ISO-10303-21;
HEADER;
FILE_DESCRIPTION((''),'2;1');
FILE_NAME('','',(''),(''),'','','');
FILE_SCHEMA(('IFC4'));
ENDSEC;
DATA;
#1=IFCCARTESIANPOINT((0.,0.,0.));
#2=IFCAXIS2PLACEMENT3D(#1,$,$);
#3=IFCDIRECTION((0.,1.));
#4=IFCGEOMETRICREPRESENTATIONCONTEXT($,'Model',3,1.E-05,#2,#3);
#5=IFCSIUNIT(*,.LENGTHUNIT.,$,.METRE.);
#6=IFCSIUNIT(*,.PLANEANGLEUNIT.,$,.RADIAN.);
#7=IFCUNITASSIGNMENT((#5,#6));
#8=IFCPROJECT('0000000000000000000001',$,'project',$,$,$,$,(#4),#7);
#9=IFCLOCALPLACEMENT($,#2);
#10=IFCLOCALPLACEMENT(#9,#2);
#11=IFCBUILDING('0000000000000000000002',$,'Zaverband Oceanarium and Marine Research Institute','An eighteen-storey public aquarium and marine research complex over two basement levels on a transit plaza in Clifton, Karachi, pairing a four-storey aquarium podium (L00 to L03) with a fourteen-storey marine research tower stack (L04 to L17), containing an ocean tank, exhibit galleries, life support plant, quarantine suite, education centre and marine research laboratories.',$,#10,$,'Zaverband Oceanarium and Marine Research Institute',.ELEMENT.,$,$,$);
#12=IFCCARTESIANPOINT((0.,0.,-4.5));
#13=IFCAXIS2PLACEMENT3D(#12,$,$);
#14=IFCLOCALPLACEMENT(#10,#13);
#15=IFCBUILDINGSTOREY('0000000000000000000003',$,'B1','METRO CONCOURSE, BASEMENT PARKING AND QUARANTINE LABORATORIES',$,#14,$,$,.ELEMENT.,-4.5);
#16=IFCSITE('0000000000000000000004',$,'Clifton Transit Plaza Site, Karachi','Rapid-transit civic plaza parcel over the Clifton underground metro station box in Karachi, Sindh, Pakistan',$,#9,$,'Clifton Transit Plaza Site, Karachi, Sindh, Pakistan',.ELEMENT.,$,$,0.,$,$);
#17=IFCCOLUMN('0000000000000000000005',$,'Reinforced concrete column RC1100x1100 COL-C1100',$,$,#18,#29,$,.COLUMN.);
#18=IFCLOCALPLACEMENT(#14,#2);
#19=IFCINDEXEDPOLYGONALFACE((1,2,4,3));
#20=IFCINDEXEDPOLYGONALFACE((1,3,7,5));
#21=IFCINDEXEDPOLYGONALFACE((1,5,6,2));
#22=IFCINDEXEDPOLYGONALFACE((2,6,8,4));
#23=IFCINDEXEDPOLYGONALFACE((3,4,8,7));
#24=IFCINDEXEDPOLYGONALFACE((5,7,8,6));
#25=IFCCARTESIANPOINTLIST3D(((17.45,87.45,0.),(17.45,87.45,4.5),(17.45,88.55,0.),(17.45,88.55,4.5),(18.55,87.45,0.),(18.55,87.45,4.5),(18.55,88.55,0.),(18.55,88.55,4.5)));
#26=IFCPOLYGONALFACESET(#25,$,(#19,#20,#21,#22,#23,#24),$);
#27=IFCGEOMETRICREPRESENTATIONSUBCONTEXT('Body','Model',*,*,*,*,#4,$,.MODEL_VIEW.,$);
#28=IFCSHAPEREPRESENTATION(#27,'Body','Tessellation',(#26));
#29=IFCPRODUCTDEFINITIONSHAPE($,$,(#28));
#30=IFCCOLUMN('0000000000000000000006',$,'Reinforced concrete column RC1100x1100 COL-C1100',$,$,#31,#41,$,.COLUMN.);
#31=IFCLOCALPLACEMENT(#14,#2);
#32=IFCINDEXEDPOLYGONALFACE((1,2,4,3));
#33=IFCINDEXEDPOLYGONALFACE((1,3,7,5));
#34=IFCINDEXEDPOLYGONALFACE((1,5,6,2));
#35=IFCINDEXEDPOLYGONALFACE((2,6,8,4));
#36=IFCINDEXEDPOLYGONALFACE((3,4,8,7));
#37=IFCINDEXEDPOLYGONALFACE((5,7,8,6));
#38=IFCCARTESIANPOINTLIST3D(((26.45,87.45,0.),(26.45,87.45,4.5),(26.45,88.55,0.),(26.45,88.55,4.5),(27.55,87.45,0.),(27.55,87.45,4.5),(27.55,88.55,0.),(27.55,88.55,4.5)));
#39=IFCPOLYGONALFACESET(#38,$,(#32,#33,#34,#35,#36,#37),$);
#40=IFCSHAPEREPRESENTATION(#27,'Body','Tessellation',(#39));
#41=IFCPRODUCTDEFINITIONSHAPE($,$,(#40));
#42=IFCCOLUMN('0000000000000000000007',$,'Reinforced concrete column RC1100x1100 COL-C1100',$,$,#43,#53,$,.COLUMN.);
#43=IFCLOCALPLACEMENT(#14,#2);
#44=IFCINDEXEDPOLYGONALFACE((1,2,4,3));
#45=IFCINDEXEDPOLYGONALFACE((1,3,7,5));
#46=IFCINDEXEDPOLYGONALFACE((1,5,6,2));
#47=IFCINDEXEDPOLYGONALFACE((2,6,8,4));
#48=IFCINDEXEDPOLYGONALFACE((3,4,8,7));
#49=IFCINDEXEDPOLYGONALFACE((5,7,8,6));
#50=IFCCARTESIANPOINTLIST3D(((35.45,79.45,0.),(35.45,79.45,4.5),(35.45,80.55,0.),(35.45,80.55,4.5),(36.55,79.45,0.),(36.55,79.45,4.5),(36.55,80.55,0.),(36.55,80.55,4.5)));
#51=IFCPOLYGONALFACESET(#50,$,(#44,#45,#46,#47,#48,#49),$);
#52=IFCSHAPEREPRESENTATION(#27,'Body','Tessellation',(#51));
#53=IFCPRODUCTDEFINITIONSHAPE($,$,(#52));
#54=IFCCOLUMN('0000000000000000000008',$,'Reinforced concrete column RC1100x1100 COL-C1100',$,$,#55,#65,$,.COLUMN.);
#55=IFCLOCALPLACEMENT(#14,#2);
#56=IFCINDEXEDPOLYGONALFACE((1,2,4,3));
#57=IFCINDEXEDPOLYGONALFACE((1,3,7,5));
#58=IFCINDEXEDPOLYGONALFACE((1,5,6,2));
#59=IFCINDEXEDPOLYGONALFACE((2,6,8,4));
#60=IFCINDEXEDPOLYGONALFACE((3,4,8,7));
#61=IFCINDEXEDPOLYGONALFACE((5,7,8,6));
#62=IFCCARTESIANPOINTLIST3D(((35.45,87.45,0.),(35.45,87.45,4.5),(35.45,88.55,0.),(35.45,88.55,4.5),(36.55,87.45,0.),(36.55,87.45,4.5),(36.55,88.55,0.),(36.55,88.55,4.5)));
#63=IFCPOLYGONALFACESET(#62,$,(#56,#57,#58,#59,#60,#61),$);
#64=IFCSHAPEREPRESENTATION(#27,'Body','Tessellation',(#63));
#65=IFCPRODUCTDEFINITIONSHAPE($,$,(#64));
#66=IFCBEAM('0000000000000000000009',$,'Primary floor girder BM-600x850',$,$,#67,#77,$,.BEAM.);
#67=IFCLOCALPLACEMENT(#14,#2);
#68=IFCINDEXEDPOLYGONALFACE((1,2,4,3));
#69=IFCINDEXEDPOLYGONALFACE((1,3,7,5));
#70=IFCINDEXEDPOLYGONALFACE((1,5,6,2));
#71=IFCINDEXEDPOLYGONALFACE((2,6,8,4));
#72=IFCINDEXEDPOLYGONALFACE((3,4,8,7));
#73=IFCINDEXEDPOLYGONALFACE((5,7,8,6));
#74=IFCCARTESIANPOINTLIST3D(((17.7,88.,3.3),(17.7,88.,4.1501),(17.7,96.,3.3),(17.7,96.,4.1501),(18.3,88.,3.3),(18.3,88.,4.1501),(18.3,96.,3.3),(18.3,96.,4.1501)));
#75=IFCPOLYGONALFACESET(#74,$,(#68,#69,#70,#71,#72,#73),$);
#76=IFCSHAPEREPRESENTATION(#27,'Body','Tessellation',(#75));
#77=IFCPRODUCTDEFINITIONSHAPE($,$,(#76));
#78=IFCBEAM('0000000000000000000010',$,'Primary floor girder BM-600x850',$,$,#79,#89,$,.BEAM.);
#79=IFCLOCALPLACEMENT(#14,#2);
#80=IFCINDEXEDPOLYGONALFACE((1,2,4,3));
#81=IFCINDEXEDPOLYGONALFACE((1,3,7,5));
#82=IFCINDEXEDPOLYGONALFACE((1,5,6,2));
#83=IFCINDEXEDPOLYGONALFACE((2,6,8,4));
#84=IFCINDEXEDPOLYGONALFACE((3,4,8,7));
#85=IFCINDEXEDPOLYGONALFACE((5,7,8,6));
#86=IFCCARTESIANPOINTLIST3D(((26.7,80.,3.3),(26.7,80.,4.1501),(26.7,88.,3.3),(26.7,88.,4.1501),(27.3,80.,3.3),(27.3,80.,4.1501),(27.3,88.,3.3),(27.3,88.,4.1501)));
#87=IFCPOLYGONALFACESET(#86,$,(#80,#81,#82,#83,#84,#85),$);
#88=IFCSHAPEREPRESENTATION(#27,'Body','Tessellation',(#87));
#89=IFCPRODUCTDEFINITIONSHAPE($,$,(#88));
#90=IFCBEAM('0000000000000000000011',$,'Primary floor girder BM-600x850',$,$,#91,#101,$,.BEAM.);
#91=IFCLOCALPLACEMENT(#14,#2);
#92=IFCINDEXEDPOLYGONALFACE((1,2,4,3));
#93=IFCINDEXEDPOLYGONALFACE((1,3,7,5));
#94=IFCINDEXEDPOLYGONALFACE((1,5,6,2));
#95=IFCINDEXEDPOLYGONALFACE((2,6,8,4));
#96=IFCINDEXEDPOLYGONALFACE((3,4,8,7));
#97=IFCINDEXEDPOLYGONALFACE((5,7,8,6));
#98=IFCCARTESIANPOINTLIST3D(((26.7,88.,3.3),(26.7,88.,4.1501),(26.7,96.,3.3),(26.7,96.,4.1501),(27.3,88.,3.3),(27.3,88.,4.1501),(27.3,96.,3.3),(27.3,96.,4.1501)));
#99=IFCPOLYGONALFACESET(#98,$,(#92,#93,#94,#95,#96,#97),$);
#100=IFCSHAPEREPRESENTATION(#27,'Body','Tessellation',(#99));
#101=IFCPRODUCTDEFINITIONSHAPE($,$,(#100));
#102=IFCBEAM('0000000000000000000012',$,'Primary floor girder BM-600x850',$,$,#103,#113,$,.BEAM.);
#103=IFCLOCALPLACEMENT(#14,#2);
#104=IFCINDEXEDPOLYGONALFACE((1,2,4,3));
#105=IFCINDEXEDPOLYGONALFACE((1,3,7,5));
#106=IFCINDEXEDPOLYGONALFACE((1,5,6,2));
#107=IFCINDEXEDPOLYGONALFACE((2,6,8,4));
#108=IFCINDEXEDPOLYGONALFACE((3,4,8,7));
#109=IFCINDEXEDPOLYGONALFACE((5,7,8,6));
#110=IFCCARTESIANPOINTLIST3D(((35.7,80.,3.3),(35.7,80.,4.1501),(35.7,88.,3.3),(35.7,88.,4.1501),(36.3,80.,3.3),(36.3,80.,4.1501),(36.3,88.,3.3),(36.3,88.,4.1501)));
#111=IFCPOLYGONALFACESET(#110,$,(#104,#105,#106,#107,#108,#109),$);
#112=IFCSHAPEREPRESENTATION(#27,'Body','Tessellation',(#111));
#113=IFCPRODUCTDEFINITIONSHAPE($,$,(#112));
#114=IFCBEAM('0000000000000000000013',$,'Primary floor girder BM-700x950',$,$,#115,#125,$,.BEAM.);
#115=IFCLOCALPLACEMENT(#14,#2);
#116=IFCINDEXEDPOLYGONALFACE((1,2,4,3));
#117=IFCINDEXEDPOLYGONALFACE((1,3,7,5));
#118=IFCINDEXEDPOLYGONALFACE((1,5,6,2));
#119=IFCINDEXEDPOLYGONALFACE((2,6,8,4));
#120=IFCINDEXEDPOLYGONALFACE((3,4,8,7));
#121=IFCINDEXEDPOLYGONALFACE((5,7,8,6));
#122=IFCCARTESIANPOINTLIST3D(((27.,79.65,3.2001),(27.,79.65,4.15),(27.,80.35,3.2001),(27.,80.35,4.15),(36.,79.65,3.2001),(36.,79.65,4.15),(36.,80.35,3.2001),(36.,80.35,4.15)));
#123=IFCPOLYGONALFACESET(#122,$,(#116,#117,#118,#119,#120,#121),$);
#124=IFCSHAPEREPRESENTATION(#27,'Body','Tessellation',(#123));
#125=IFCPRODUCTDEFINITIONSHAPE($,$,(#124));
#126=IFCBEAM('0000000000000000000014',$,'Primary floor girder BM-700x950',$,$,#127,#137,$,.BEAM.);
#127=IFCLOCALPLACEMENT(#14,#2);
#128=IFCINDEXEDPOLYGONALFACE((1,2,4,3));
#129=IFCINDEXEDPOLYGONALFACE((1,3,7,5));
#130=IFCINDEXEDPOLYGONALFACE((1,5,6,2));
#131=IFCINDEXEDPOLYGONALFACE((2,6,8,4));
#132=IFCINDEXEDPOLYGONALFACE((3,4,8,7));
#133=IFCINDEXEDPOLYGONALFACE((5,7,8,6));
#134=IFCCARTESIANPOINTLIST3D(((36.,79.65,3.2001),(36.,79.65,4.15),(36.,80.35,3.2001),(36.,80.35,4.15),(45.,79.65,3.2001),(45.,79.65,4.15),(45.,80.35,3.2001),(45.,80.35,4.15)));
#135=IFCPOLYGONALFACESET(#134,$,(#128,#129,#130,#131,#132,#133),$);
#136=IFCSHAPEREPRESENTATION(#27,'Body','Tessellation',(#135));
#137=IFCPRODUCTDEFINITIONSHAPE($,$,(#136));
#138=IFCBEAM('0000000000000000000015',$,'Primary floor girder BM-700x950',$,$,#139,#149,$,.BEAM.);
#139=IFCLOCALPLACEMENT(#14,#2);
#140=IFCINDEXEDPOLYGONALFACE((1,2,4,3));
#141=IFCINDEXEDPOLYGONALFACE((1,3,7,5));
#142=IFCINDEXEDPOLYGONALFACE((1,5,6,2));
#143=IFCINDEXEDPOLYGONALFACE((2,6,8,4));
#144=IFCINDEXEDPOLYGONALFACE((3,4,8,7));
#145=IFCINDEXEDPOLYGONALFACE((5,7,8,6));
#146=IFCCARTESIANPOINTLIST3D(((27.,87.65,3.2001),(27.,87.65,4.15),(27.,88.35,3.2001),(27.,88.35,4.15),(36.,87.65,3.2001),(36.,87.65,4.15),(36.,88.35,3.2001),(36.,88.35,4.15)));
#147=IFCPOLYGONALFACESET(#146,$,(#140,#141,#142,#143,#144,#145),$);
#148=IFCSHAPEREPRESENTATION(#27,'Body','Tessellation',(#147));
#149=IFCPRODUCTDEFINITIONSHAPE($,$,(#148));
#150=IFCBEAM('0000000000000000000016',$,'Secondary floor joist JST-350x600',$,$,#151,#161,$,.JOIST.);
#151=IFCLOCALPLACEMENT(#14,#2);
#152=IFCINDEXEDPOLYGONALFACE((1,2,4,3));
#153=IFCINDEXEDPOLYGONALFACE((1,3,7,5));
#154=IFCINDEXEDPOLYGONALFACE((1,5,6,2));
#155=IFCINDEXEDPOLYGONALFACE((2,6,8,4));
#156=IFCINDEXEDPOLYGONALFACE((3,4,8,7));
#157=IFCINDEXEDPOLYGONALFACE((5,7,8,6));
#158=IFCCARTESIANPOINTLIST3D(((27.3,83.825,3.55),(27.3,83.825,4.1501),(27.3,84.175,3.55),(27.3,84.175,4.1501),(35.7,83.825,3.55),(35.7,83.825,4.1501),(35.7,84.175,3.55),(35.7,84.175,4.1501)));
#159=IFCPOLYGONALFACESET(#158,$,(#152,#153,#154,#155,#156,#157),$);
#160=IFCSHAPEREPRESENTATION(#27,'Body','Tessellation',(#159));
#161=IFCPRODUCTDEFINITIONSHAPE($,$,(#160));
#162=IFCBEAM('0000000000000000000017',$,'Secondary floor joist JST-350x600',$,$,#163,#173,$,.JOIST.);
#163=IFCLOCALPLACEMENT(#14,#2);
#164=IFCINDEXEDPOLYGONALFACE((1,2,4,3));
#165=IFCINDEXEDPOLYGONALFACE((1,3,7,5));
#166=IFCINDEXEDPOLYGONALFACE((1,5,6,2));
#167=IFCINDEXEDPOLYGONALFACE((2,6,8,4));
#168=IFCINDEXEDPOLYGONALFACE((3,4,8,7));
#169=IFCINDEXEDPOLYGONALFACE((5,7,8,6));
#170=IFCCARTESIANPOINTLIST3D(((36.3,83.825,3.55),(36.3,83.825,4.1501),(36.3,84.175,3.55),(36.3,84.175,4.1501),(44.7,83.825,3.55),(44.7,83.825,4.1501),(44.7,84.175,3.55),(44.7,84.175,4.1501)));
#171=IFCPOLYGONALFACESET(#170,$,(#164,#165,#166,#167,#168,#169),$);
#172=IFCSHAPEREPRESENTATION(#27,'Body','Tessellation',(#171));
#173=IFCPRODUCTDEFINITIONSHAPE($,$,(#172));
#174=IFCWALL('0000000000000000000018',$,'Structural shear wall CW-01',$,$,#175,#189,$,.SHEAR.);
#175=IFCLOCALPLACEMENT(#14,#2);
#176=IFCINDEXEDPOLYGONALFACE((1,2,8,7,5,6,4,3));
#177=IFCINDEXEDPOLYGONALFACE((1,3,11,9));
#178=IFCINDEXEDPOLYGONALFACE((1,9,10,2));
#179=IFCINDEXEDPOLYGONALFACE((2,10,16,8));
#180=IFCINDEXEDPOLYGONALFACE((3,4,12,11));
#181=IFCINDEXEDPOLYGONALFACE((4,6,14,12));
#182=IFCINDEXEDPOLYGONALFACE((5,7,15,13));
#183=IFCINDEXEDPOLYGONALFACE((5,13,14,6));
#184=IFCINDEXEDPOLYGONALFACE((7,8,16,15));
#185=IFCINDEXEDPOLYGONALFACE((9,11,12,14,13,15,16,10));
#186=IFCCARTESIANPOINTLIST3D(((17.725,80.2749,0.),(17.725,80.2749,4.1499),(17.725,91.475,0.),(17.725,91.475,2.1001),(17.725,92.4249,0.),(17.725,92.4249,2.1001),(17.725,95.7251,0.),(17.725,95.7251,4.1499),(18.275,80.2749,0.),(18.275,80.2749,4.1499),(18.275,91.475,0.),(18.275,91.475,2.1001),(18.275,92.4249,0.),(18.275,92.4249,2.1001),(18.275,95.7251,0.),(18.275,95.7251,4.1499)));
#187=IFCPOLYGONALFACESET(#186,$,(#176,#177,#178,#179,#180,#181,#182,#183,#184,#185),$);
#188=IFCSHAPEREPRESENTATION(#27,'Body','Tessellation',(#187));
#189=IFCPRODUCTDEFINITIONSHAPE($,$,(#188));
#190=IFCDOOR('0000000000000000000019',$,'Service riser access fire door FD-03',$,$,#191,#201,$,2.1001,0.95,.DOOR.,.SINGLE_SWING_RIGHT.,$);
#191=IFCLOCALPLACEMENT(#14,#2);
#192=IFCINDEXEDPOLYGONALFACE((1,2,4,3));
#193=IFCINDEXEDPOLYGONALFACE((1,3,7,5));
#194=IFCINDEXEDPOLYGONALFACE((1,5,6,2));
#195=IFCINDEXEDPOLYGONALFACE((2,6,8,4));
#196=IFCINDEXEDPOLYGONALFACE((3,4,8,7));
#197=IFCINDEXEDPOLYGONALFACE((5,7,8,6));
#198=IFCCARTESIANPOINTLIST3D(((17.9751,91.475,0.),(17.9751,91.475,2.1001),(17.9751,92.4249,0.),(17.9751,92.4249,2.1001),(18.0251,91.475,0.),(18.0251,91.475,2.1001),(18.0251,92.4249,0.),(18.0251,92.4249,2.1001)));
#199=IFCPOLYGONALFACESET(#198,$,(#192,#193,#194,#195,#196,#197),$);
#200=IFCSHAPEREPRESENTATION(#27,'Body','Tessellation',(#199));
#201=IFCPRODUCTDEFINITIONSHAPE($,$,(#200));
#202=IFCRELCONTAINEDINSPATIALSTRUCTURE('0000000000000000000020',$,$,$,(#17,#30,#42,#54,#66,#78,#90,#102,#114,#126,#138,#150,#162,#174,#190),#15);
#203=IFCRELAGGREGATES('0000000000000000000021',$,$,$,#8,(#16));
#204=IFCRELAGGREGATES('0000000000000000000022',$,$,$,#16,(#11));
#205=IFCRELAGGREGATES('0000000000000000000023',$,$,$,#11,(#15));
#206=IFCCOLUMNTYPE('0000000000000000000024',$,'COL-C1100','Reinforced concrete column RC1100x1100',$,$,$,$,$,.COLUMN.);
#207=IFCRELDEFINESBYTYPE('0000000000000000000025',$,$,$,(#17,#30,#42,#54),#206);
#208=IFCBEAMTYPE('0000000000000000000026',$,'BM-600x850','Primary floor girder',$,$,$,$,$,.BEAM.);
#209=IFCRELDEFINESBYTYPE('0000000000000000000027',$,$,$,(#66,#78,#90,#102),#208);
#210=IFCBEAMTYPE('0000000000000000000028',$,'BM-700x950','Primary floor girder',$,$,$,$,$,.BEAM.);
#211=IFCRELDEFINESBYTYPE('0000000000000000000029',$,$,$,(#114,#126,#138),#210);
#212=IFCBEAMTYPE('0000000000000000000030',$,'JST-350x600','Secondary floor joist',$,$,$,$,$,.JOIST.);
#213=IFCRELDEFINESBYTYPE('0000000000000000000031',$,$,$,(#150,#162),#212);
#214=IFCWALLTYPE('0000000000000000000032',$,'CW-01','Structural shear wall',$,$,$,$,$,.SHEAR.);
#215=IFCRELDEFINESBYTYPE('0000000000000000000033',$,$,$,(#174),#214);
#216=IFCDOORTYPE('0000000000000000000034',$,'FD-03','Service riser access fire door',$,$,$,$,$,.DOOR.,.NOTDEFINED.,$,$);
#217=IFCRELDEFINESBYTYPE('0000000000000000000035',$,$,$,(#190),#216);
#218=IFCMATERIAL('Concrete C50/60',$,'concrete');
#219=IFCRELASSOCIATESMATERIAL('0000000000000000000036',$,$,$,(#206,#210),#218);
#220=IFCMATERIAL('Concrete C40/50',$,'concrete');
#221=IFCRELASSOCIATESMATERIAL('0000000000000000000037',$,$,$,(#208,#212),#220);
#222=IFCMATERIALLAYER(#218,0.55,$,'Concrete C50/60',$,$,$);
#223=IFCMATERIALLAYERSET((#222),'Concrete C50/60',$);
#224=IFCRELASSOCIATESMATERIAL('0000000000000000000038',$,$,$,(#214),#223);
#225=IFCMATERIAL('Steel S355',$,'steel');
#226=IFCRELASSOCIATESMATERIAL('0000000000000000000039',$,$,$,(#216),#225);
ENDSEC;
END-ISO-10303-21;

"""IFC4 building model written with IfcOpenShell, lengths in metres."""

from ifc_helpers import new_model, si_unit, direction, frame, frame_2d, origin, origin_2d, place, context, subcontext, project, spatial, rectangle, extrude, material, layer, layer_set, material_profile, profile_set, type_object, element, fill, save


model = new_model("IFC4")

# Units and contexts
model_context = context("Model", 3, precision=1e-05, world=origin(), true_north=direction((0.0, 1.0)))
body_context = subcontext(model_context, "Body", "Model", "MODEL_VIEW")
ifc_project = project(units=[si_unit("LENGTHUNIT", "METRE"), si_unit("PLANEANGLEUNIT", "RADIAN")], contexts=[model_context])

# Site, building, storey
site_placement = place(None, origin())
site = spatial("IfcSite", under=ifc_project, at=site_placement, Name="Clifton Transit Plaza Site, Karachi", Description="Rapid-transit civic plaza parcel over the Clifton underground metro station box in Karachi, Sindh, Pakistan", LongName="Clifton Transit Plaza Site, Karachi, Sindh, Pakistan", CompositionType="ELEMENT", RefElevation=0.0)
building_placement = place(site_placement, origin())
building = spatial("IfcBuilding", under=site, at=building_placement, Name="Zaverband Oceanarium and Marine Research Institute", Description="An eighteen-storey public aquarium and marine research complex over two basement levels on a transit plaza in Clifton, Karachi, pairing a four-storey aquarium podium (L00 to L03) with a fourteen-storey marine research tower stack (L04 to L17), containing an ocean tank, exhibit galleries, life support plant, quarantine suite, education centre and marine research laboratories.", LongName="Zaverband Oceanarium and Marine Research Institute", CompositionType="ELEMENT")
storey_placement = place(building_placement, frame((0.0, 0.0, -4.5)))
storey = spatial("IfcBuildingStorey", under=building, at=storey_placement, Name="B1", Description="METRO CONCOURSE, BASEMENT PARKING AND QUARANTINE LABORATORIES", CompositionType="ELEMENT", Elevation=-4.5)

# Columns
ifc_material_1 = material(Name="Concrete C50/60", Category="concrete")
ifc_material_profile_1 = material_profile(ifc_material_1, rectangle(XDim=1.1001, YDim=1.1001, at=origin_2d()), Name="RC1100x1100")
ifc_profile_set_1 = profile_set([ifc_material_profile_1], Name="Concrete C50/60")
column_type = type_object("IfcColumnType", Name="COL-C1100", Description="Reinforced concrete column RC1100x1100", PredefinedType="COLUMN", material=ifc_profile_set_1)
for number, where, z_axis, x_axis, name in (
    (1, (18.0, 88.0, 0.0), (0.0, 0.0, 1.0), (1.0, 0.0, 0.0), "Reinforced concrete column RC1100x1100 COL-C1100"),
    (2, (27.0, 88.0, 0.0), (0.0, 0.0, 1.0), (1.0, 0.0, 0.0), "Reinforced concrete column RC1100x1100 COL-C1100"),
    (3, (36.0, 80.0, 0.0), (0.0, 0.0, 1.0), (1.0, 0.0, 0.0), "Reinforced concrete column RC1100x1100 COL-C1100"),
    (4, (36.0, 88.0, 0.0), (0.0, 0.0, 1.0), (1.0, 0.0, 0.0), "Reinforced concrete column RC1100x1100 COL-C1100"),
):
    element("IfcColumn", number, at=place(storey_placement, frame(where, z_axis=z_axis, x_axis=x_axis)), inside=storey, type_object=column_type, Name=name, PredefinedType="COLUMN", context=body_context, shape_type="SweptSolid", body=[
        extrude(rectangle(XDim=1.1001, YDim=1.1001, at=origin_2d()), origin(), (0.0, 0.0, 1.0), 4.5),
    ])

# Beams
ifc_material_2 = material(Name="Concrete C40/50", Category="concrete")
ifc_material_profile_2 = material_profile(ifc_material_2, rectangle(XDim=0.6001, YDim=0.8501, at=origin_2d()), Name="RC600x850")
ifc_profile_set_2 = profile_set([ifc_material_profile_2], Name="Concrete C40/50")
beam_type_1 = type_object("IfcBeamType", Name="BM-600x850", Description="Primary floor girder", PredefinedType="BEAM", material=ifc_profile_set_2)
for number, where, z_axis, x_axis, name in (
    (5, (18.0, 88.0, 3.7251), (0.0, 1.0, 0.0), (-1.0, 0.0, 0.0), "Primary floor girder BM-600x850"),
    (6, (27.0, 80.0, 3.7251), (0.0, 1.0, 0.0), (-1.0, 0.0, 0.0), "Primary floor girder BM-600x850"),
    (7, (27.0, 88.0, 3.7251), (0.0, 1.0, 0.0), (-1.0, 0.0, 0.0), "Primary floor girder BM-600x850"),
    (8, (36.0, 80.0, 3.7251), (0.0, 1.0, 0.0), (-1.0, 0.0, 0.0), "Primary floor girder BM-600x850"),
):
    element("IfcBeam", number, at=place(storey_placement, frame(where, z_axis=z_axis, x_axis=x_axis)), inside=storey, type_object=beam_type_1, Name=name, PredefinedType="BEAM", context=body_context, shape_type="SweptSolid", body=[
        extrude(rectangle(XDim=0.6001, YDim=0.8501, at=origin_2d()), origin(), (0.0, 0.0, 1.0), 8.0),
    ])
ifc_material_profile_3 = material_profile(ifc_material_1, rectangle(XDim=0.7, YDim=0.95, at=origin_2d()), Name="RC700x950")
ifc_profile_set_3 = profile_set([ifc_material_profile_3], Name="Concrete C50/60")
beam_type_2 = type_object("IfcBeamType", Name="BM-700x950", Description="Primary floor girder", PredefinedType="BEAM", material=ifc_profile_set_3)
for number, where, z_axis, x_axis, name in (
    (9, (27.0, 80.0, 3.675), (1.0, 0.0, 0.0), (0.0, 1.0, 0.0), "Primary floor girder BM-700x950"),
    (10, (36.0, 80.0, 3.675), (1.0, 0.0, 0.0), (0.0, 1.0, 0.0), "Primary floor girder BM-700x950"),
    (11, (27.0, 88.0, 3.675), (1.0, 0.0, 0.0), (0.0, 1.0, 0.0), "Primary floor girder BM-700x950"),
):
    element("IfcBeam", number, at=place(storey_placement, frame(where, z_axis=z_axis, x_axis=x_axis)), inside=storey, type_object=beam_type_2, Name=name, PredefinedType="BEAM", context=body_context, shape_type="SweptSolid", body=[
        extrude(rectangle(XDim=0.7, YDim=0.95, at=origin_2d()), origin(), (0.0, 0.0, 1.0), 9.0),
    ])
ifc_material_profile_4 = material_profile(ifc_material_2, rectangle(XDim=0.3501, YDim=0.6001, at=origin_2d()), Name="RC350x600")
ifc_profile_set_4 = profile_set([ifc_material_profile_4], Name="Concrete C40/50")
beam_type_3 = type_object("IfcBeamType", Name="JST-350x600", Description="Secondary floor joist", PredefinedType="JOIST", material=ifc_profile_set_4)
for number, where, z_axis, x_axis, name in (
    (12, (27.3, 84.0, 3.8501), (1.0, 0.0, 0.0), (0.0, 1.0, 0.0), "Secondary floor joist JST-350x600"),
    (13, (36.3, 84.0, 3.8501), (1.0, 0.0, 0.0), (0.0, 1.0, 0.0), "Secondary floor joist JST-350x600"),
):
    element("IfcBeam", number, at=place(storey_placement, frame(where, z_axis=z_axis, x_axis=x_axis)), inside=storey, type_object=beam_type_3, Name=name, PredefinedType="JOIST", context=body_context, shape_type="SweptSolid", body=[
        extrude(rectangle(XDim=0.3501, YDim=0.6001, at=origin_2d()), origin(), (0.0, 0.0, 1.0), 8.3999),
    ])

# Wall, opening, door
ifc_layer_1 = layer(ifc_material_1, 0.55, Name="Concrete C50/60")
ifc_layer_set_1 = layer_set([ifc_layer_1], Name="Concrete C50/60")
wall_type_1 = type_object("IfcWallType", Name="CW-01", Description="Structural shear wall", PredefinedType="SHEAR", material=ifc_layer_set_1)
wall_1_placement = place(storey_placement, frame((18.0, 80.2749, 0.0), z_axis=(0.0, 0.0, 1.0), x_axis=(0.0, 1.0, 0.0)))
wall_1 = element("IfcWall", 14, at=wall_1_placement, inside=storey, type_object=wall_type_1, Name="Structural shear wall CW-01", PredefinedType="SHEAR", context=body_context, shape_type="SweptSolid", body=[
    extrude(rectangle(XDim=15.4502, YDim=0.55, at=frame_2d((7.7251, 0.0))), origin(), (0.0, 0.0, 1.0), 4.1499),
])
opening_1_placement = place(wall_1_placement, frame((11.2, 0.0, 0.0)))
opening_1 = element("IfcOpeningElement", 15, at=opening_1_placement, cuts=wall_1, PredefinedType="OPENING", context=body_context, shape_type="SweptSolid", body=[
    extrude(rectangle(XDim=0.95, YDim=2.1001, at=frame_2d((0.4751, 1.05))), frame((0.0, 0.2871, 0.0), z_axis=(0.0, -1.0, 0.0), x_axis=(1.0, 0.0, 0.0)), (0.0, 0.0, 1.0), 0.574),
])
ifc_material_3 = material(Name="Steel S355", Category="steel")
door_type_1 = type_object("IfcDoorType", Name="FD-03", Description="Service riser access fire door", OperationType="NOTDEFINED", PredefinedType="DOOR", material=ifc_material_3)
door_1_placement = place(opening_1_placement, origin())
door_1 = element("IfcDoor", 16, at=door_1_placement, inside=storey, type_object=door_type_1, Name="Service riser access fire door FD-03", OperationType="SINGLE_SWING_RIGHT", OverallHeight=2.1001, OverallWidth=0.95, PredefinedType="DOOR", context=body_context, shape_type="SweptSolid", body=[
    extrude(rectangle(XDim=0.95, YDim=2.1001, at=frame_2d((0.4751, 1.05))), frame((0.0, 0.0249, 0.0), z_axis=(0.0, -1.0, 0.0), x_axis=(1.0, 0.0, 0.0)), (0.0, 0.0, 1.0), 0.05),
])
fill(opening_1, door_1)

save(model, "model.ifc")
